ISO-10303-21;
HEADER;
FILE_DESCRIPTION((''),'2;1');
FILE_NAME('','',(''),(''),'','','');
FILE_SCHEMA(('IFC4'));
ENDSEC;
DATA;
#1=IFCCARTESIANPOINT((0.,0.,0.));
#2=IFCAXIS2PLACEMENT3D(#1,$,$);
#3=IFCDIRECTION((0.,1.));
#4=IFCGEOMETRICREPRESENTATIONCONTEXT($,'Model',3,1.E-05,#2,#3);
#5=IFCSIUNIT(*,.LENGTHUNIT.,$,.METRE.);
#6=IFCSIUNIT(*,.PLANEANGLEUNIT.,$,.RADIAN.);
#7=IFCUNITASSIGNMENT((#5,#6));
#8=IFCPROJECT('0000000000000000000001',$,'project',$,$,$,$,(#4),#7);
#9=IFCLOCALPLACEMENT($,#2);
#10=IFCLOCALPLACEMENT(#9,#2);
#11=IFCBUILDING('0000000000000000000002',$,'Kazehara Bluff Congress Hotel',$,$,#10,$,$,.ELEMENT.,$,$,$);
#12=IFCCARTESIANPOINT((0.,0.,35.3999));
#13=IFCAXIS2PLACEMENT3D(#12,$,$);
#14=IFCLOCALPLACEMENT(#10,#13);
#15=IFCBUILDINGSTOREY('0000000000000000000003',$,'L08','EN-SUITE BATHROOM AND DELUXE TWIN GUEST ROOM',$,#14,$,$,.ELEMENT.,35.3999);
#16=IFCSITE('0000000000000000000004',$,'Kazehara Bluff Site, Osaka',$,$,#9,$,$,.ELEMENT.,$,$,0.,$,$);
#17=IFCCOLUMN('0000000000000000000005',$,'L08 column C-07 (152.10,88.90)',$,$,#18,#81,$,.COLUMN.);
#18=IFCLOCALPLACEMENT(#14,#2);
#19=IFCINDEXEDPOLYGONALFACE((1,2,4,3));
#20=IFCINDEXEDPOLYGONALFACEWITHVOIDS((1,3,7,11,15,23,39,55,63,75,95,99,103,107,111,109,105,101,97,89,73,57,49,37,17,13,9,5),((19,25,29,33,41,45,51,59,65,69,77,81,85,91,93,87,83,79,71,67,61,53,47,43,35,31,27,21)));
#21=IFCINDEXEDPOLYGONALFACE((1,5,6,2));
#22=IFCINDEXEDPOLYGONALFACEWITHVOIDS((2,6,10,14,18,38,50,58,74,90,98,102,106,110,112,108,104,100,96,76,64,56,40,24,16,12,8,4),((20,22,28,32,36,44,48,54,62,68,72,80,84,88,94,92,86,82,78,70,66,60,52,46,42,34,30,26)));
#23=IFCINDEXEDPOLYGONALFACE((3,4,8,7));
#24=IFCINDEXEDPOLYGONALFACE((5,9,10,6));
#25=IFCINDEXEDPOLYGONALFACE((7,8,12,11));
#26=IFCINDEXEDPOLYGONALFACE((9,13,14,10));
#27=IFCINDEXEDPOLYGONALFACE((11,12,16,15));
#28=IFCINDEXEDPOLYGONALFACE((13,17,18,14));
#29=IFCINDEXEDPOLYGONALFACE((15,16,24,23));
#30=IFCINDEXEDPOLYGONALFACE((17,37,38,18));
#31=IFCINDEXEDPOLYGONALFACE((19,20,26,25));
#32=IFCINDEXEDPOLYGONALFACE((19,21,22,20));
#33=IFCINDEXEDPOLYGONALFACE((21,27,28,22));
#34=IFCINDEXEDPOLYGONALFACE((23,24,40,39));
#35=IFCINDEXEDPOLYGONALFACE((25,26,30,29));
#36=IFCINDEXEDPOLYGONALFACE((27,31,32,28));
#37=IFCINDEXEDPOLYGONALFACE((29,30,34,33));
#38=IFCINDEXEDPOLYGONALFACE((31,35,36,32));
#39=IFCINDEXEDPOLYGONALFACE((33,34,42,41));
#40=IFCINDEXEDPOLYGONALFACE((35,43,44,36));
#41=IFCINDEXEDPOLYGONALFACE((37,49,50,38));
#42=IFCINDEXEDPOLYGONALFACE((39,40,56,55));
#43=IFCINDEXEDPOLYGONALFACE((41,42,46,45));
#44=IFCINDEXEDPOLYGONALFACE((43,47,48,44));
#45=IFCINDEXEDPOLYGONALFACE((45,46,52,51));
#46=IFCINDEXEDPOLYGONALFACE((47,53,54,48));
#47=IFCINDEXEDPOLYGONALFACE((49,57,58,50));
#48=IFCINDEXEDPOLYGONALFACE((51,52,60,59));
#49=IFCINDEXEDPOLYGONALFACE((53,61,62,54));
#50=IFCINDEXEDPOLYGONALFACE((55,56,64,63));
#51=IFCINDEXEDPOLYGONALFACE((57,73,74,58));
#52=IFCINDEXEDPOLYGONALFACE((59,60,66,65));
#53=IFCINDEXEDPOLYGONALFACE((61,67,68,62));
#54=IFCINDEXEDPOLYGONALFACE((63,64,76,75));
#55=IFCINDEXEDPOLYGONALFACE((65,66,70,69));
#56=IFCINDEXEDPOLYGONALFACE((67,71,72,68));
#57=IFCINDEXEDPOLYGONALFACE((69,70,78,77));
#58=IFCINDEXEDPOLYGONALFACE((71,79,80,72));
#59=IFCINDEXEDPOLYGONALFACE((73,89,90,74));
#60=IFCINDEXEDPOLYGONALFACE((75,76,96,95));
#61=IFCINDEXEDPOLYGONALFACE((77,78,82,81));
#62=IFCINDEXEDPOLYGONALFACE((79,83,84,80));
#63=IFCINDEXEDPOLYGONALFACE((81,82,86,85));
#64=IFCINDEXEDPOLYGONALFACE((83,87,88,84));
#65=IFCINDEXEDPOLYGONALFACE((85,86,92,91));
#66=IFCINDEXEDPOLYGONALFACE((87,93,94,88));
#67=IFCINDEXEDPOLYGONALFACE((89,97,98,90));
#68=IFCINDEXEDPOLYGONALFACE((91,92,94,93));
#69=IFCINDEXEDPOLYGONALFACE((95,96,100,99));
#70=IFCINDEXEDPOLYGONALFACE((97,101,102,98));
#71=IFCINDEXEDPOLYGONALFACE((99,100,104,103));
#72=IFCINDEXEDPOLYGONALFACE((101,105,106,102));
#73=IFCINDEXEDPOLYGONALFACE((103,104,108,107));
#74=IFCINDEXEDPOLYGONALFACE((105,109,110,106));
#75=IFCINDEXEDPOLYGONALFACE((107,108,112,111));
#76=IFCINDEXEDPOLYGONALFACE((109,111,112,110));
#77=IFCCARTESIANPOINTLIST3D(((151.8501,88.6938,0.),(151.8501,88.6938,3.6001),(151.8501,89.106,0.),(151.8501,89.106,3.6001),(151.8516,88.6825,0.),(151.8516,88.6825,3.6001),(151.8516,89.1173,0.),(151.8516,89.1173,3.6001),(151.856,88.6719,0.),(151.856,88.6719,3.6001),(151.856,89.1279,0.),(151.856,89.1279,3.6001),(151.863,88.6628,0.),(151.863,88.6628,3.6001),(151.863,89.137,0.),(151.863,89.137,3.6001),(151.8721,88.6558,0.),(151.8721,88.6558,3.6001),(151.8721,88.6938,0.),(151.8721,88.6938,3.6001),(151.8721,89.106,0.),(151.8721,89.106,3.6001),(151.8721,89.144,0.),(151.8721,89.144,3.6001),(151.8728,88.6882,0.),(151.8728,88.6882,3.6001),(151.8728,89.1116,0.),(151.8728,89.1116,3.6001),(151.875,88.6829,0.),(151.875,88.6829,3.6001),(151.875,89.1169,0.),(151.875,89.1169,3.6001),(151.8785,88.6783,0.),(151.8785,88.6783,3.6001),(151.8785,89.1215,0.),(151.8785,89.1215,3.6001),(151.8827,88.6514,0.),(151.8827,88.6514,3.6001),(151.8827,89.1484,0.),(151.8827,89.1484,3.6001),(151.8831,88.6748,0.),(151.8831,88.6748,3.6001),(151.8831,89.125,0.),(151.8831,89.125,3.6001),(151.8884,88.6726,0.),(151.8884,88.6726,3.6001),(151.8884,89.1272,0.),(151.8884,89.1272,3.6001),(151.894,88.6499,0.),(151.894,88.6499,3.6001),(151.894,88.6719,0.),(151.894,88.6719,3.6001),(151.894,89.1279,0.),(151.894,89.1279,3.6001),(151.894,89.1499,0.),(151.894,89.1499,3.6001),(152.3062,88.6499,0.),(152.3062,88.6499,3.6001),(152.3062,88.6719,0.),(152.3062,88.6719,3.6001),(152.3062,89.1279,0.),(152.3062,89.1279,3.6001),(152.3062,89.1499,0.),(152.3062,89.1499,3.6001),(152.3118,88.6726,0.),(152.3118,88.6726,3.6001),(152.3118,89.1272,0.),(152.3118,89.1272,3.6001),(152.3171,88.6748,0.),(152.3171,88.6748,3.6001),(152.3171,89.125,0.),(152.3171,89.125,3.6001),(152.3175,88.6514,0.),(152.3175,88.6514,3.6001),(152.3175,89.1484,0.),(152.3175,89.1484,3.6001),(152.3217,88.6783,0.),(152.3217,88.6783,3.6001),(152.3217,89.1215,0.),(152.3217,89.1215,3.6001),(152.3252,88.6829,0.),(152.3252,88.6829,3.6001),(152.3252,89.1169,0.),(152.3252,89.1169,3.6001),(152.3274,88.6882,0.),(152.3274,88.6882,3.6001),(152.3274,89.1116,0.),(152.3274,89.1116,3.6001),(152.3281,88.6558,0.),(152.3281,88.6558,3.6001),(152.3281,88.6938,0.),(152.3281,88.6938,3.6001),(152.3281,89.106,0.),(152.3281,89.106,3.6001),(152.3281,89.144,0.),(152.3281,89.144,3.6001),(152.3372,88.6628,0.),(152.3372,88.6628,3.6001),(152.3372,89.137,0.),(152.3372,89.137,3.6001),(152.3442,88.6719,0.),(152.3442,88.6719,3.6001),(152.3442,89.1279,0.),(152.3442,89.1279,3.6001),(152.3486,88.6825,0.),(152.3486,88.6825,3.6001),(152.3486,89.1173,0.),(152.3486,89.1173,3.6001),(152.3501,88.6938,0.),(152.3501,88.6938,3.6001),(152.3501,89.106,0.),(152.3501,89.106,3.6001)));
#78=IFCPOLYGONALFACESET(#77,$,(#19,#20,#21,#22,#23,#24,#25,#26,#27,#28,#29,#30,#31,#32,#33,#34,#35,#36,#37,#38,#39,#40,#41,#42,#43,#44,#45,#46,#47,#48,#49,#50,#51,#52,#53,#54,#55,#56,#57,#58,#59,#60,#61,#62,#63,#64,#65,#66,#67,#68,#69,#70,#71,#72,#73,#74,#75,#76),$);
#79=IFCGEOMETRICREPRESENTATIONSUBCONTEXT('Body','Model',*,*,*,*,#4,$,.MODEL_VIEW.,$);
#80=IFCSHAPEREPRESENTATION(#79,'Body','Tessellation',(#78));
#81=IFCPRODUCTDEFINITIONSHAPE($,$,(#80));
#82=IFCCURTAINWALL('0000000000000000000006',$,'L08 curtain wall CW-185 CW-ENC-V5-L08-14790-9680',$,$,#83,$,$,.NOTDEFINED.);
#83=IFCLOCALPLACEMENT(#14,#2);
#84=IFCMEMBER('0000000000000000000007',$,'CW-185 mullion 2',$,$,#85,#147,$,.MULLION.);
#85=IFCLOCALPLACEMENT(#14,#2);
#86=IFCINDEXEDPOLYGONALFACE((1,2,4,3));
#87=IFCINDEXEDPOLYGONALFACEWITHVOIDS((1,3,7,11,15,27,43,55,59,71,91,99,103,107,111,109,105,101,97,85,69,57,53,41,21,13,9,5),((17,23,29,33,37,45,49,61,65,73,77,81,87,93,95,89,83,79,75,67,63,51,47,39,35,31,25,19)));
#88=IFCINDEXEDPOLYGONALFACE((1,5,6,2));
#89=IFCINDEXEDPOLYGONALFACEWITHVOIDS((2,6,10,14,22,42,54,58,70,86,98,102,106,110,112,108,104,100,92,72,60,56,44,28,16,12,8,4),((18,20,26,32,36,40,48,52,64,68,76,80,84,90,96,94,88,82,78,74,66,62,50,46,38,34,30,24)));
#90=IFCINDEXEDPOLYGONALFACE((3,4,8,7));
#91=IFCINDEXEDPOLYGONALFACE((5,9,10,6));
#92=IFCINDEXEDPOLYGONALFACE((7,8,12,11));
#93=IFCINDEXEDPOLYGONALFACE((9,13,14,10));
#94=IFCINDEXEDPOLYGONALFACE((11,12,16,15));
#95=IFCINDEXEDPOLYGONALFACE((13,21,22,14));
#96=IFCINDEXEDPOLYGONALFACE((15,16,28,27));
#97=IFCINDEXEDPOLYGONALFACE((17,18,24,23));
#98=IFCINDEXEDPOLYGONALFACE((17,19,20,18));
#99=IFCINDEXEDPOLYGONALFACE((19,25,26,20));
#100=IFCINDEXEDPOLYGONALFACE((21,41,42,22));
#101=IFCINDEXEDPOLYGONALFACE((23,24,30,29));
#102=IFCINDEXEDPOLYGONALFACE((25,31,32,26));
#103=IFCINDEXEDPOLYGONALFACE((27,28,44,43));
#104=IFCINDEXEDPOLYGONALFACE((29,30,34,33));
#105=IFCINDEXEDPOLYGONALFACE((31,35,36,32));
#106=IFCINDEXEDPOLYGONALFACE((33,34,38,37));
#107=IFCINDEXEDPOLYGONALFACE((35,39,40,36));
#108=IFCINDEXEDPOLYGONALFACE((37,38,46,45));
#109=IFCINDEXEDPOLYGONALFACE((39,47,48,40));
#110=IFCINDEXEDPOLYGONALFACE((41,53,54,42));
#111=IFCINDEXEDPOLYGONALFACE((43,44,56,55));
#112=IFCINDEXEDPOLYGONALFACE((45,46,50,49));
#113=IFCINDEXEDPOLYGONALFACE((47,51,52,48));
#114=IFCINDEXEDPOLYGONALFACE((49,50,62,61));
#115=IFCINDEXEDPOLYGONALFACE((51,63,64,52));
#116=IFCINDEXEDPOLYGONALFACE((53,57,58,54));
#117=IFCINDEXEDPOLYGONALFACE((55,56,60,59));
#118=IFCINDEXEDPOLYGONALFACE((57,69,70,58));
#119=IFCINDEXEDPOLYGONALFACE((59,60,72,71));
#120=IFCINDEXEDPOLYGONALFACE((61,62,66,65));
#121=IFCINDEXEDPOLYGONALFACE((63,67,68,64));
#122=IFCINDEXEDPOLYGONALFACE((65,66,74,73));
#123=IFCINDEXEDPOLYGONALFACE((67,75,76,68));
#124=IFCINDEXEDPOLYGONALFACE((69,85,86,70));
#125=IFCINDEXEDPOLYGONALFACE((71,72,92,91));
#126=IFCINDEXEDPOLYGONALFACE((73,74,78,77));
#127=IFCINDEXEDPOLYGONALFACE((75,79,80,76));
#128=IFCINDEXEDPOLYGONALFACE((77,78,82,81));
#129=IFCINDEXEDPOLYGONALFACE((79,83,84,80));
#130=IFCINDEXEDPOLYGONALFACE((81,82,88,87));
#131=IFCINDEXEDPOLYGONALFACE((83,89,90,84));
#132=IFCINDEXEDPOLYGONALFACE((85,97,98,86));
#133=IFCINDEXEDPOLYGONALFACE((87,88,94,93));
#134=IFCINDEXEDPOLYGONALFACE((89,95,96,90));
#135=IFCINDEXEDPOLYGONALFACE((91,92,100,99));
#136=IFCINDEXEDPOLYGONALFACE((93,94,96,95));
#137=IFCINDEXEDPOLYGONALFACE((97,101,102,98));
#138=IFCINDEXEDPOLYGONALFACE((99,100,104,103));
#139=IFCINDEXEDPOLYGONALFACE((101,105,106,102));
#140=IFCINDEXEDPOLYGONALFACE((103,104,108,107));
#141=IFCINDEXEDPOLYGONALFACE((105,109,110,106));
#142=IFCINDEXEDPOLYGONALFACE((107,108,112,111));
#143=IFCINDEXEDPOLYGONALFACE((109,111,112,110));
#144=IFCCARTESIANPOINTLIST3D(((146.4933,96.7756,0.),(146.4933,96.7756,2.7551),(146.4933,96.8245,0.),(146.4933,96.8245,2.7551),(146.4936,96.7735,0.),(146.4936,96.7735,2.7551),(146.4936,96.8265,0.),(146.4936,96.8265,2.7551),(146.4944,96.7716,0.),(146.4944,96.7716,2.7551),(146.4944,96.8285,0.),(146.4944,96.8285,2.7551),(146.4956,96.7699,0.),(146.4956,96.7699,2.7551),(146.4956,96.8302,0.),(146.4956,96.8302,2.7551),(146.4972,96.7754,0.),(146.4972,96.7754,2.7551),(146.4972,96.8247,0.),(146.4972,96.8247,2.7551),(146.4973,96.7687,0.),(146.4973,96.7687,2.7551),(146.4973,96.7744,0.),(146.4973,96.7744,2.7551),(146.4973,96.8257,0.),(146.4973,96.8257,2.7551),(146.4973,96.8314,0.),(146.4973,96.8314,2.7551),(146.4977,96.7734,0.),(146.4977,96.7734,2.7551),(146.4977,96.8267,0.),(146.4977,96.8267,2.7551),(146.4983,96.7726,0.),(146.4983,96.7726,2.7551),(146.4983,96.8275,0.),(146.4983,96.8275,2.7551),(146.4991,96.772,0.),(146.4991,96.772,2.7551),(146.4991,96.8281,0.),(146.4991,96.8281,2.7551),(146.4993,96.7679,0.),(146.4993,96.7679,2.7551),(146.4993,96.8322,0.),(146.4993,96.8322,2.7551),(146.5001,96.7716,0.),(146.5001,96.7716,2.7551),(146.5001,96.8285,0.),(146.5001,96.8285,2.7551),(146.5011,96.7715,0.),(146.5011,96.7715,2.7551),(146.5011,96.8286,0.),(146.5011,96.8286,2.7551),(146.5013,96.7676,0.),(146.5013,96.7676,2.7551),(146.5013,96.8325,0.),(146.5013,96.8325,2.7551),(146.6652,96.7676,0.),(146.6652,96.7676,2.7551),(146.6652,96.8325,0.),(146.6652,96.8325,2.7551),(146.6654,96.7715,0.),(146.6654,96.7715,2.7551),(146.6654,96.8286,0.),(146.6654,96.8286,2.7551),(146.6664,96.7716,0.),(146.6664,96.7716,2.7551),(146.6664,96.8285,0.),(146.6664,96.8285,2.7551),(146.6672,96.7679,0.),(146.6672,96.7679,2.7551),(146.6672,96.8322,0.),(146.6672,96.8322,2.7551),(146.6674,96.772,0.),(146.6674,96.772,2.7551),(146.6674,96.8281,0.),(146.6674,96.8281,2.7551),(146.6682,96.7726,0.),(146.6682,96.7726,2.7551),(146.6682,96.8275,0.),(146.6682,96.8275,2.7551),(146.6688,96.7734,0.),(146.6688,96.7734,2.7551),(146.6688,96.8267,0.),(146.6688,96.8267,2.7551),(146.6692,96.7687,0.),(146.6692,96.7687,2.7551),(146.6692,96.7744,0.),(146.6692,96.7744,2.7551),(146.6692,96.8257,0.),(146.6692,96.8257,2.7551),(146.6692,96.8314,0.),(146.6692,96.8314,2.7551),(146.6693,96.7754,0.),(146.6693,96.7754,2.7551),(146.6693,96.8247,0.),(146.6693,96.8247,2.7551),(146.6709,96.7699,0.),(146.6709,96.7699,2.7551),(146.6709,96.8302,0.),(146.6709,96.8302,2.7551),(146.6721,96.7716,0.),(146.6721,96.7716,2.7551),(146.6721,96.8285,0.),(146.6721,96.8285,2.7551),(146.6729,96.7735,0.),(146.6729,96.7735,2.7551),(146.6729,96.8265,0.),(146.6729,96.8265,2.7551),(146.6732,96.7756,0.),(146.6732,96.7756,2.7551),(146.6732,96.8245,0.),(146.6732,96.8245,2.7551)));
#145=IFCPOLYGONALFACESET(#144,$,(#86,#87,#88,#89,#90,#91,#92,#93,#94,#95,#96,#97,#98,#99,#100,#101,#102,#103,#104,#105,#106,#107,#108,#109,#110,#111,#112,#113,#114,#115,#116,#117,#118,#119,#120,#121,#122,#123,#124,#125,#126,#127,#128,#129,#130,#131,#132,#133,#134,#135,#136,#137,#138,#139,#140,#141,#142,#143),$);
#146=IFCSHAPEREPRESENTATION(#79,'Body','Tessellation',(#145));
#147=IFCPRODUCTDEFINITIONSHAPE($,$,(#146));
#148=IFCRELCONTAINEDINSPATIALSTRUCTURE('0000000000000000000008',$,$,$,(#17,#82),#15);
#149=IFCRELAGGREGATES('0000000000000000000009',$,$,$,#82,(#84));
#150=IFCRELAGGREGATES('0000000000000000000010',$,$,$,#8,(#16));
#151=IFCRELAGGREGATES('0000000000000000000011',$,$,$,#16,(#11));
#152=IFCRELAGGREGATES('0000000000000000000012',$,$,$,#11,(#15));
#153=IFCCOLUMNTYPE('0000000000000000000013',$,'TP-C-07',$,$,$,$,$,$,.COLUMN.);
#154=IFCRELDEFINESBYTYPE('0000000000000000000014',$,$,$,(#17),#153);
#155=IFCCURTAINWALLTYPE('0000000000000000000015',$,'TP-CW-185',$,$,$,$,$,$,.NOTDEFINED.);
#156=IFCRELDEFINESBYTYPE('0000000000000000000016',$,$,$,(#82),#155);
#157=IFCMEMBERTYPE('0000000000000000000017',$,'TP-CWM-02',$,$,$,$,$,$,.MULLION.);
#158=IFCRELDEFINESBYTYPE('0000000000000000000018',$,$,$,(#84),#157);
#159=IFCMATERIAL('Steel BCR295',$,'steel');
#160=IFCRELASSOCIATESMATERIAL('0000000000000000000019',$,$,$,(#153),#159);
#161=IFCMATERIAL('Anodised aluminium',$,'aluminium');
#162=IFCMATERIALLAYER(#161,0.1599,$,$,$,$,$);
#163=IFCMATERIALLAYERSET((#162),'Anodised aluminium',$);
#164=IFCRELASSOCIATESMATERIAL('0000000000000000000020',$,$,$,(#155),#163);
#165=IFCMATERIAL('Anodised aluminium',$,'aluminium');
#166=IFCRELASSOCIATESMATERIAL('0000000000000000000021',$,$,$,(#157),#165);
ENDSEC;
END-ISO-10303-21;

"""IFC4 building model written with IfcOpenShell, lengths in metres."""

from ifc_helpers import new_model, si_unit, direction, frame, origin, origin_2d, place, context, subcontext, project, spatial, hollow_rectangle, extrude, material, layer, layer_set, material_profile, profile_set, type_object, element, aggregate, save


model = new_model("IFC4")

# Units and contexts
model_context = context("Model", 3, precision=1e-05, world=origin(), true_north=direction((0.0, 1.0)))
body_context = subcontext(model_context, "Body", "Model", "MODEL_VIEW")
ifc_project = project(units=[si_unit("LENGTHUNIT", "METRE"), si_unit("PLANEANGLEUNIT", "RADIAN")], contexts=[model_context])

# Site, building, storey
site_placement = place(None, origin())
site = spatial("IfcSite", under=ifc_project, at=site_placement, Name="Kazehara Bluff Site, Osaka", CompositionType="ELEMENT", RefElevation=0.0)
building_placement = place(site_placement, origin())
building = spatial("IfcBuilding", under=site, at=building_placement, Name="Kazehara Bluff Congress Hotel", CompositionType="ELEMENT")
storey_placement = place(building_placement, frame((0.0, 0.0, 35.3999)))
storey = spatial("IfcBuildingStorey", under=building, at=storey_placement, Name="L08", Description="EN-SUITE BATHROOM AND DELUXE TWIN GUEST ROOM", CompositionType="ELEMENT", Elevation=35.3999)

# Column
ifc_material_1 = material(Name="Steel BCR295", Category="steel")
ifc_material_profile_1 = material_profile(ifc_material_1, hollow_rectangle(XDim=0.5, YDim=0.5, WallThickness=0.022, InnerFilletRadius=0.022, OuterFilletRadius=0.0439, at=origin_2d()))
ifc_profile_set_1 = profile_set([ifc_material_profile_1], Name="Steel BCR295")
column_type = type_object("IfcColumnType", Name="TP-C-07", PredefinedType="COLUMN", material=ifc_profile_set_1)
column_placement = place(storey_placement, frame((152.1001, 88.8999, 0.0), z_axis=(0.0, 0.0, 1.0), x_axis=(1.0, 0.0, 0.0)))
element("IfcColumn", 1, at=column_placement, inside=storey, type_object=column_type, Name="L08 column C-07 (152.10,88.90)", PredefinedType="COLUMN", context=body_context, shape_type="SweptSolid", body=[
    extrude(hollow_rectangle(XDim=0.5, YDim=0.5, WallThickness=0.022, InnerFilletRadius=0.022, OuterFilletRadius=0.0439, at=origin_2d()), origin(), (0.0, 0.0, 1.0), 3.6001),
])

# Curtain wall, member
ifc_material_2 = material(Name="Anodised aluminium", Category="aluminium")
ifc_layer_1 = layer(ifc_material_2, 0.1599)
ifc_layer_set_1 = layer_set([ifc_layer_1], Name="Anodised aluminium")
curtain_wall_type = type_object("IfcCurtainWallType", Name="TP-CW-185", PredefinedType="NOTDEFINED", material=ifc_layer_set_1)
curtain_wall_placement = place(storey_placement, origin())
curtain_wall = element("IfcCurtainWall", 2, at=curtain_wall_placement, inside=storey, type_object=curtain_wall_type, Name="L08 curtain wall CW-185 CW-ENC-V5-L08-14790-9680", PredefinedType="NOTDEFINED")
ifc_material_3 = material(Name="Anodised aluminium", Category="aluminium")
ifc_material_profile_2 = material_profile(ifc_material_3, hollow_rectangle(XDim=0.0649, YDim=0.1799, WallThickness=0.0039, InnerFilletRadius=0.0039, OuterFilletRadius=0.0081, at=origin_2d()))
ifc_profile_set_2 = profile_set([ifc_material_profile_2], Name="Anodised aluminium")
member_type_1 = type_object("IfcMemberType", Name="TP-CWM-02", PredefinedType="MULLION", material=ifc_profile_set_2)
member_1_placement = place(storey_placement, frame((146.5833, 96.8, 0.0), z_axis=(0.0, 0.0, 1.0), x_axis=(0.0, 1.0, 0.0)))
member_1 = element("IfcMember", 3, at=member_1_placement, type_object=member_type_1, Name="CW-185 mullion 2", PredefinedType="MULLION", context=body_context, shape_type="SweptSolid", body=[
    extrude(hollow_rectangle(XDim=0.0649, YDim=0.1799, WallThickness=0.0039, InnerFilletRadius=0.0039, OuterFilletRadius=0.0081, at=origin_2d()), origin(), (0.0, 0.0, 1.0), 2.7551),
])

aggregate(curtain_wall, [member_1])

save(model, "model.ifc")
